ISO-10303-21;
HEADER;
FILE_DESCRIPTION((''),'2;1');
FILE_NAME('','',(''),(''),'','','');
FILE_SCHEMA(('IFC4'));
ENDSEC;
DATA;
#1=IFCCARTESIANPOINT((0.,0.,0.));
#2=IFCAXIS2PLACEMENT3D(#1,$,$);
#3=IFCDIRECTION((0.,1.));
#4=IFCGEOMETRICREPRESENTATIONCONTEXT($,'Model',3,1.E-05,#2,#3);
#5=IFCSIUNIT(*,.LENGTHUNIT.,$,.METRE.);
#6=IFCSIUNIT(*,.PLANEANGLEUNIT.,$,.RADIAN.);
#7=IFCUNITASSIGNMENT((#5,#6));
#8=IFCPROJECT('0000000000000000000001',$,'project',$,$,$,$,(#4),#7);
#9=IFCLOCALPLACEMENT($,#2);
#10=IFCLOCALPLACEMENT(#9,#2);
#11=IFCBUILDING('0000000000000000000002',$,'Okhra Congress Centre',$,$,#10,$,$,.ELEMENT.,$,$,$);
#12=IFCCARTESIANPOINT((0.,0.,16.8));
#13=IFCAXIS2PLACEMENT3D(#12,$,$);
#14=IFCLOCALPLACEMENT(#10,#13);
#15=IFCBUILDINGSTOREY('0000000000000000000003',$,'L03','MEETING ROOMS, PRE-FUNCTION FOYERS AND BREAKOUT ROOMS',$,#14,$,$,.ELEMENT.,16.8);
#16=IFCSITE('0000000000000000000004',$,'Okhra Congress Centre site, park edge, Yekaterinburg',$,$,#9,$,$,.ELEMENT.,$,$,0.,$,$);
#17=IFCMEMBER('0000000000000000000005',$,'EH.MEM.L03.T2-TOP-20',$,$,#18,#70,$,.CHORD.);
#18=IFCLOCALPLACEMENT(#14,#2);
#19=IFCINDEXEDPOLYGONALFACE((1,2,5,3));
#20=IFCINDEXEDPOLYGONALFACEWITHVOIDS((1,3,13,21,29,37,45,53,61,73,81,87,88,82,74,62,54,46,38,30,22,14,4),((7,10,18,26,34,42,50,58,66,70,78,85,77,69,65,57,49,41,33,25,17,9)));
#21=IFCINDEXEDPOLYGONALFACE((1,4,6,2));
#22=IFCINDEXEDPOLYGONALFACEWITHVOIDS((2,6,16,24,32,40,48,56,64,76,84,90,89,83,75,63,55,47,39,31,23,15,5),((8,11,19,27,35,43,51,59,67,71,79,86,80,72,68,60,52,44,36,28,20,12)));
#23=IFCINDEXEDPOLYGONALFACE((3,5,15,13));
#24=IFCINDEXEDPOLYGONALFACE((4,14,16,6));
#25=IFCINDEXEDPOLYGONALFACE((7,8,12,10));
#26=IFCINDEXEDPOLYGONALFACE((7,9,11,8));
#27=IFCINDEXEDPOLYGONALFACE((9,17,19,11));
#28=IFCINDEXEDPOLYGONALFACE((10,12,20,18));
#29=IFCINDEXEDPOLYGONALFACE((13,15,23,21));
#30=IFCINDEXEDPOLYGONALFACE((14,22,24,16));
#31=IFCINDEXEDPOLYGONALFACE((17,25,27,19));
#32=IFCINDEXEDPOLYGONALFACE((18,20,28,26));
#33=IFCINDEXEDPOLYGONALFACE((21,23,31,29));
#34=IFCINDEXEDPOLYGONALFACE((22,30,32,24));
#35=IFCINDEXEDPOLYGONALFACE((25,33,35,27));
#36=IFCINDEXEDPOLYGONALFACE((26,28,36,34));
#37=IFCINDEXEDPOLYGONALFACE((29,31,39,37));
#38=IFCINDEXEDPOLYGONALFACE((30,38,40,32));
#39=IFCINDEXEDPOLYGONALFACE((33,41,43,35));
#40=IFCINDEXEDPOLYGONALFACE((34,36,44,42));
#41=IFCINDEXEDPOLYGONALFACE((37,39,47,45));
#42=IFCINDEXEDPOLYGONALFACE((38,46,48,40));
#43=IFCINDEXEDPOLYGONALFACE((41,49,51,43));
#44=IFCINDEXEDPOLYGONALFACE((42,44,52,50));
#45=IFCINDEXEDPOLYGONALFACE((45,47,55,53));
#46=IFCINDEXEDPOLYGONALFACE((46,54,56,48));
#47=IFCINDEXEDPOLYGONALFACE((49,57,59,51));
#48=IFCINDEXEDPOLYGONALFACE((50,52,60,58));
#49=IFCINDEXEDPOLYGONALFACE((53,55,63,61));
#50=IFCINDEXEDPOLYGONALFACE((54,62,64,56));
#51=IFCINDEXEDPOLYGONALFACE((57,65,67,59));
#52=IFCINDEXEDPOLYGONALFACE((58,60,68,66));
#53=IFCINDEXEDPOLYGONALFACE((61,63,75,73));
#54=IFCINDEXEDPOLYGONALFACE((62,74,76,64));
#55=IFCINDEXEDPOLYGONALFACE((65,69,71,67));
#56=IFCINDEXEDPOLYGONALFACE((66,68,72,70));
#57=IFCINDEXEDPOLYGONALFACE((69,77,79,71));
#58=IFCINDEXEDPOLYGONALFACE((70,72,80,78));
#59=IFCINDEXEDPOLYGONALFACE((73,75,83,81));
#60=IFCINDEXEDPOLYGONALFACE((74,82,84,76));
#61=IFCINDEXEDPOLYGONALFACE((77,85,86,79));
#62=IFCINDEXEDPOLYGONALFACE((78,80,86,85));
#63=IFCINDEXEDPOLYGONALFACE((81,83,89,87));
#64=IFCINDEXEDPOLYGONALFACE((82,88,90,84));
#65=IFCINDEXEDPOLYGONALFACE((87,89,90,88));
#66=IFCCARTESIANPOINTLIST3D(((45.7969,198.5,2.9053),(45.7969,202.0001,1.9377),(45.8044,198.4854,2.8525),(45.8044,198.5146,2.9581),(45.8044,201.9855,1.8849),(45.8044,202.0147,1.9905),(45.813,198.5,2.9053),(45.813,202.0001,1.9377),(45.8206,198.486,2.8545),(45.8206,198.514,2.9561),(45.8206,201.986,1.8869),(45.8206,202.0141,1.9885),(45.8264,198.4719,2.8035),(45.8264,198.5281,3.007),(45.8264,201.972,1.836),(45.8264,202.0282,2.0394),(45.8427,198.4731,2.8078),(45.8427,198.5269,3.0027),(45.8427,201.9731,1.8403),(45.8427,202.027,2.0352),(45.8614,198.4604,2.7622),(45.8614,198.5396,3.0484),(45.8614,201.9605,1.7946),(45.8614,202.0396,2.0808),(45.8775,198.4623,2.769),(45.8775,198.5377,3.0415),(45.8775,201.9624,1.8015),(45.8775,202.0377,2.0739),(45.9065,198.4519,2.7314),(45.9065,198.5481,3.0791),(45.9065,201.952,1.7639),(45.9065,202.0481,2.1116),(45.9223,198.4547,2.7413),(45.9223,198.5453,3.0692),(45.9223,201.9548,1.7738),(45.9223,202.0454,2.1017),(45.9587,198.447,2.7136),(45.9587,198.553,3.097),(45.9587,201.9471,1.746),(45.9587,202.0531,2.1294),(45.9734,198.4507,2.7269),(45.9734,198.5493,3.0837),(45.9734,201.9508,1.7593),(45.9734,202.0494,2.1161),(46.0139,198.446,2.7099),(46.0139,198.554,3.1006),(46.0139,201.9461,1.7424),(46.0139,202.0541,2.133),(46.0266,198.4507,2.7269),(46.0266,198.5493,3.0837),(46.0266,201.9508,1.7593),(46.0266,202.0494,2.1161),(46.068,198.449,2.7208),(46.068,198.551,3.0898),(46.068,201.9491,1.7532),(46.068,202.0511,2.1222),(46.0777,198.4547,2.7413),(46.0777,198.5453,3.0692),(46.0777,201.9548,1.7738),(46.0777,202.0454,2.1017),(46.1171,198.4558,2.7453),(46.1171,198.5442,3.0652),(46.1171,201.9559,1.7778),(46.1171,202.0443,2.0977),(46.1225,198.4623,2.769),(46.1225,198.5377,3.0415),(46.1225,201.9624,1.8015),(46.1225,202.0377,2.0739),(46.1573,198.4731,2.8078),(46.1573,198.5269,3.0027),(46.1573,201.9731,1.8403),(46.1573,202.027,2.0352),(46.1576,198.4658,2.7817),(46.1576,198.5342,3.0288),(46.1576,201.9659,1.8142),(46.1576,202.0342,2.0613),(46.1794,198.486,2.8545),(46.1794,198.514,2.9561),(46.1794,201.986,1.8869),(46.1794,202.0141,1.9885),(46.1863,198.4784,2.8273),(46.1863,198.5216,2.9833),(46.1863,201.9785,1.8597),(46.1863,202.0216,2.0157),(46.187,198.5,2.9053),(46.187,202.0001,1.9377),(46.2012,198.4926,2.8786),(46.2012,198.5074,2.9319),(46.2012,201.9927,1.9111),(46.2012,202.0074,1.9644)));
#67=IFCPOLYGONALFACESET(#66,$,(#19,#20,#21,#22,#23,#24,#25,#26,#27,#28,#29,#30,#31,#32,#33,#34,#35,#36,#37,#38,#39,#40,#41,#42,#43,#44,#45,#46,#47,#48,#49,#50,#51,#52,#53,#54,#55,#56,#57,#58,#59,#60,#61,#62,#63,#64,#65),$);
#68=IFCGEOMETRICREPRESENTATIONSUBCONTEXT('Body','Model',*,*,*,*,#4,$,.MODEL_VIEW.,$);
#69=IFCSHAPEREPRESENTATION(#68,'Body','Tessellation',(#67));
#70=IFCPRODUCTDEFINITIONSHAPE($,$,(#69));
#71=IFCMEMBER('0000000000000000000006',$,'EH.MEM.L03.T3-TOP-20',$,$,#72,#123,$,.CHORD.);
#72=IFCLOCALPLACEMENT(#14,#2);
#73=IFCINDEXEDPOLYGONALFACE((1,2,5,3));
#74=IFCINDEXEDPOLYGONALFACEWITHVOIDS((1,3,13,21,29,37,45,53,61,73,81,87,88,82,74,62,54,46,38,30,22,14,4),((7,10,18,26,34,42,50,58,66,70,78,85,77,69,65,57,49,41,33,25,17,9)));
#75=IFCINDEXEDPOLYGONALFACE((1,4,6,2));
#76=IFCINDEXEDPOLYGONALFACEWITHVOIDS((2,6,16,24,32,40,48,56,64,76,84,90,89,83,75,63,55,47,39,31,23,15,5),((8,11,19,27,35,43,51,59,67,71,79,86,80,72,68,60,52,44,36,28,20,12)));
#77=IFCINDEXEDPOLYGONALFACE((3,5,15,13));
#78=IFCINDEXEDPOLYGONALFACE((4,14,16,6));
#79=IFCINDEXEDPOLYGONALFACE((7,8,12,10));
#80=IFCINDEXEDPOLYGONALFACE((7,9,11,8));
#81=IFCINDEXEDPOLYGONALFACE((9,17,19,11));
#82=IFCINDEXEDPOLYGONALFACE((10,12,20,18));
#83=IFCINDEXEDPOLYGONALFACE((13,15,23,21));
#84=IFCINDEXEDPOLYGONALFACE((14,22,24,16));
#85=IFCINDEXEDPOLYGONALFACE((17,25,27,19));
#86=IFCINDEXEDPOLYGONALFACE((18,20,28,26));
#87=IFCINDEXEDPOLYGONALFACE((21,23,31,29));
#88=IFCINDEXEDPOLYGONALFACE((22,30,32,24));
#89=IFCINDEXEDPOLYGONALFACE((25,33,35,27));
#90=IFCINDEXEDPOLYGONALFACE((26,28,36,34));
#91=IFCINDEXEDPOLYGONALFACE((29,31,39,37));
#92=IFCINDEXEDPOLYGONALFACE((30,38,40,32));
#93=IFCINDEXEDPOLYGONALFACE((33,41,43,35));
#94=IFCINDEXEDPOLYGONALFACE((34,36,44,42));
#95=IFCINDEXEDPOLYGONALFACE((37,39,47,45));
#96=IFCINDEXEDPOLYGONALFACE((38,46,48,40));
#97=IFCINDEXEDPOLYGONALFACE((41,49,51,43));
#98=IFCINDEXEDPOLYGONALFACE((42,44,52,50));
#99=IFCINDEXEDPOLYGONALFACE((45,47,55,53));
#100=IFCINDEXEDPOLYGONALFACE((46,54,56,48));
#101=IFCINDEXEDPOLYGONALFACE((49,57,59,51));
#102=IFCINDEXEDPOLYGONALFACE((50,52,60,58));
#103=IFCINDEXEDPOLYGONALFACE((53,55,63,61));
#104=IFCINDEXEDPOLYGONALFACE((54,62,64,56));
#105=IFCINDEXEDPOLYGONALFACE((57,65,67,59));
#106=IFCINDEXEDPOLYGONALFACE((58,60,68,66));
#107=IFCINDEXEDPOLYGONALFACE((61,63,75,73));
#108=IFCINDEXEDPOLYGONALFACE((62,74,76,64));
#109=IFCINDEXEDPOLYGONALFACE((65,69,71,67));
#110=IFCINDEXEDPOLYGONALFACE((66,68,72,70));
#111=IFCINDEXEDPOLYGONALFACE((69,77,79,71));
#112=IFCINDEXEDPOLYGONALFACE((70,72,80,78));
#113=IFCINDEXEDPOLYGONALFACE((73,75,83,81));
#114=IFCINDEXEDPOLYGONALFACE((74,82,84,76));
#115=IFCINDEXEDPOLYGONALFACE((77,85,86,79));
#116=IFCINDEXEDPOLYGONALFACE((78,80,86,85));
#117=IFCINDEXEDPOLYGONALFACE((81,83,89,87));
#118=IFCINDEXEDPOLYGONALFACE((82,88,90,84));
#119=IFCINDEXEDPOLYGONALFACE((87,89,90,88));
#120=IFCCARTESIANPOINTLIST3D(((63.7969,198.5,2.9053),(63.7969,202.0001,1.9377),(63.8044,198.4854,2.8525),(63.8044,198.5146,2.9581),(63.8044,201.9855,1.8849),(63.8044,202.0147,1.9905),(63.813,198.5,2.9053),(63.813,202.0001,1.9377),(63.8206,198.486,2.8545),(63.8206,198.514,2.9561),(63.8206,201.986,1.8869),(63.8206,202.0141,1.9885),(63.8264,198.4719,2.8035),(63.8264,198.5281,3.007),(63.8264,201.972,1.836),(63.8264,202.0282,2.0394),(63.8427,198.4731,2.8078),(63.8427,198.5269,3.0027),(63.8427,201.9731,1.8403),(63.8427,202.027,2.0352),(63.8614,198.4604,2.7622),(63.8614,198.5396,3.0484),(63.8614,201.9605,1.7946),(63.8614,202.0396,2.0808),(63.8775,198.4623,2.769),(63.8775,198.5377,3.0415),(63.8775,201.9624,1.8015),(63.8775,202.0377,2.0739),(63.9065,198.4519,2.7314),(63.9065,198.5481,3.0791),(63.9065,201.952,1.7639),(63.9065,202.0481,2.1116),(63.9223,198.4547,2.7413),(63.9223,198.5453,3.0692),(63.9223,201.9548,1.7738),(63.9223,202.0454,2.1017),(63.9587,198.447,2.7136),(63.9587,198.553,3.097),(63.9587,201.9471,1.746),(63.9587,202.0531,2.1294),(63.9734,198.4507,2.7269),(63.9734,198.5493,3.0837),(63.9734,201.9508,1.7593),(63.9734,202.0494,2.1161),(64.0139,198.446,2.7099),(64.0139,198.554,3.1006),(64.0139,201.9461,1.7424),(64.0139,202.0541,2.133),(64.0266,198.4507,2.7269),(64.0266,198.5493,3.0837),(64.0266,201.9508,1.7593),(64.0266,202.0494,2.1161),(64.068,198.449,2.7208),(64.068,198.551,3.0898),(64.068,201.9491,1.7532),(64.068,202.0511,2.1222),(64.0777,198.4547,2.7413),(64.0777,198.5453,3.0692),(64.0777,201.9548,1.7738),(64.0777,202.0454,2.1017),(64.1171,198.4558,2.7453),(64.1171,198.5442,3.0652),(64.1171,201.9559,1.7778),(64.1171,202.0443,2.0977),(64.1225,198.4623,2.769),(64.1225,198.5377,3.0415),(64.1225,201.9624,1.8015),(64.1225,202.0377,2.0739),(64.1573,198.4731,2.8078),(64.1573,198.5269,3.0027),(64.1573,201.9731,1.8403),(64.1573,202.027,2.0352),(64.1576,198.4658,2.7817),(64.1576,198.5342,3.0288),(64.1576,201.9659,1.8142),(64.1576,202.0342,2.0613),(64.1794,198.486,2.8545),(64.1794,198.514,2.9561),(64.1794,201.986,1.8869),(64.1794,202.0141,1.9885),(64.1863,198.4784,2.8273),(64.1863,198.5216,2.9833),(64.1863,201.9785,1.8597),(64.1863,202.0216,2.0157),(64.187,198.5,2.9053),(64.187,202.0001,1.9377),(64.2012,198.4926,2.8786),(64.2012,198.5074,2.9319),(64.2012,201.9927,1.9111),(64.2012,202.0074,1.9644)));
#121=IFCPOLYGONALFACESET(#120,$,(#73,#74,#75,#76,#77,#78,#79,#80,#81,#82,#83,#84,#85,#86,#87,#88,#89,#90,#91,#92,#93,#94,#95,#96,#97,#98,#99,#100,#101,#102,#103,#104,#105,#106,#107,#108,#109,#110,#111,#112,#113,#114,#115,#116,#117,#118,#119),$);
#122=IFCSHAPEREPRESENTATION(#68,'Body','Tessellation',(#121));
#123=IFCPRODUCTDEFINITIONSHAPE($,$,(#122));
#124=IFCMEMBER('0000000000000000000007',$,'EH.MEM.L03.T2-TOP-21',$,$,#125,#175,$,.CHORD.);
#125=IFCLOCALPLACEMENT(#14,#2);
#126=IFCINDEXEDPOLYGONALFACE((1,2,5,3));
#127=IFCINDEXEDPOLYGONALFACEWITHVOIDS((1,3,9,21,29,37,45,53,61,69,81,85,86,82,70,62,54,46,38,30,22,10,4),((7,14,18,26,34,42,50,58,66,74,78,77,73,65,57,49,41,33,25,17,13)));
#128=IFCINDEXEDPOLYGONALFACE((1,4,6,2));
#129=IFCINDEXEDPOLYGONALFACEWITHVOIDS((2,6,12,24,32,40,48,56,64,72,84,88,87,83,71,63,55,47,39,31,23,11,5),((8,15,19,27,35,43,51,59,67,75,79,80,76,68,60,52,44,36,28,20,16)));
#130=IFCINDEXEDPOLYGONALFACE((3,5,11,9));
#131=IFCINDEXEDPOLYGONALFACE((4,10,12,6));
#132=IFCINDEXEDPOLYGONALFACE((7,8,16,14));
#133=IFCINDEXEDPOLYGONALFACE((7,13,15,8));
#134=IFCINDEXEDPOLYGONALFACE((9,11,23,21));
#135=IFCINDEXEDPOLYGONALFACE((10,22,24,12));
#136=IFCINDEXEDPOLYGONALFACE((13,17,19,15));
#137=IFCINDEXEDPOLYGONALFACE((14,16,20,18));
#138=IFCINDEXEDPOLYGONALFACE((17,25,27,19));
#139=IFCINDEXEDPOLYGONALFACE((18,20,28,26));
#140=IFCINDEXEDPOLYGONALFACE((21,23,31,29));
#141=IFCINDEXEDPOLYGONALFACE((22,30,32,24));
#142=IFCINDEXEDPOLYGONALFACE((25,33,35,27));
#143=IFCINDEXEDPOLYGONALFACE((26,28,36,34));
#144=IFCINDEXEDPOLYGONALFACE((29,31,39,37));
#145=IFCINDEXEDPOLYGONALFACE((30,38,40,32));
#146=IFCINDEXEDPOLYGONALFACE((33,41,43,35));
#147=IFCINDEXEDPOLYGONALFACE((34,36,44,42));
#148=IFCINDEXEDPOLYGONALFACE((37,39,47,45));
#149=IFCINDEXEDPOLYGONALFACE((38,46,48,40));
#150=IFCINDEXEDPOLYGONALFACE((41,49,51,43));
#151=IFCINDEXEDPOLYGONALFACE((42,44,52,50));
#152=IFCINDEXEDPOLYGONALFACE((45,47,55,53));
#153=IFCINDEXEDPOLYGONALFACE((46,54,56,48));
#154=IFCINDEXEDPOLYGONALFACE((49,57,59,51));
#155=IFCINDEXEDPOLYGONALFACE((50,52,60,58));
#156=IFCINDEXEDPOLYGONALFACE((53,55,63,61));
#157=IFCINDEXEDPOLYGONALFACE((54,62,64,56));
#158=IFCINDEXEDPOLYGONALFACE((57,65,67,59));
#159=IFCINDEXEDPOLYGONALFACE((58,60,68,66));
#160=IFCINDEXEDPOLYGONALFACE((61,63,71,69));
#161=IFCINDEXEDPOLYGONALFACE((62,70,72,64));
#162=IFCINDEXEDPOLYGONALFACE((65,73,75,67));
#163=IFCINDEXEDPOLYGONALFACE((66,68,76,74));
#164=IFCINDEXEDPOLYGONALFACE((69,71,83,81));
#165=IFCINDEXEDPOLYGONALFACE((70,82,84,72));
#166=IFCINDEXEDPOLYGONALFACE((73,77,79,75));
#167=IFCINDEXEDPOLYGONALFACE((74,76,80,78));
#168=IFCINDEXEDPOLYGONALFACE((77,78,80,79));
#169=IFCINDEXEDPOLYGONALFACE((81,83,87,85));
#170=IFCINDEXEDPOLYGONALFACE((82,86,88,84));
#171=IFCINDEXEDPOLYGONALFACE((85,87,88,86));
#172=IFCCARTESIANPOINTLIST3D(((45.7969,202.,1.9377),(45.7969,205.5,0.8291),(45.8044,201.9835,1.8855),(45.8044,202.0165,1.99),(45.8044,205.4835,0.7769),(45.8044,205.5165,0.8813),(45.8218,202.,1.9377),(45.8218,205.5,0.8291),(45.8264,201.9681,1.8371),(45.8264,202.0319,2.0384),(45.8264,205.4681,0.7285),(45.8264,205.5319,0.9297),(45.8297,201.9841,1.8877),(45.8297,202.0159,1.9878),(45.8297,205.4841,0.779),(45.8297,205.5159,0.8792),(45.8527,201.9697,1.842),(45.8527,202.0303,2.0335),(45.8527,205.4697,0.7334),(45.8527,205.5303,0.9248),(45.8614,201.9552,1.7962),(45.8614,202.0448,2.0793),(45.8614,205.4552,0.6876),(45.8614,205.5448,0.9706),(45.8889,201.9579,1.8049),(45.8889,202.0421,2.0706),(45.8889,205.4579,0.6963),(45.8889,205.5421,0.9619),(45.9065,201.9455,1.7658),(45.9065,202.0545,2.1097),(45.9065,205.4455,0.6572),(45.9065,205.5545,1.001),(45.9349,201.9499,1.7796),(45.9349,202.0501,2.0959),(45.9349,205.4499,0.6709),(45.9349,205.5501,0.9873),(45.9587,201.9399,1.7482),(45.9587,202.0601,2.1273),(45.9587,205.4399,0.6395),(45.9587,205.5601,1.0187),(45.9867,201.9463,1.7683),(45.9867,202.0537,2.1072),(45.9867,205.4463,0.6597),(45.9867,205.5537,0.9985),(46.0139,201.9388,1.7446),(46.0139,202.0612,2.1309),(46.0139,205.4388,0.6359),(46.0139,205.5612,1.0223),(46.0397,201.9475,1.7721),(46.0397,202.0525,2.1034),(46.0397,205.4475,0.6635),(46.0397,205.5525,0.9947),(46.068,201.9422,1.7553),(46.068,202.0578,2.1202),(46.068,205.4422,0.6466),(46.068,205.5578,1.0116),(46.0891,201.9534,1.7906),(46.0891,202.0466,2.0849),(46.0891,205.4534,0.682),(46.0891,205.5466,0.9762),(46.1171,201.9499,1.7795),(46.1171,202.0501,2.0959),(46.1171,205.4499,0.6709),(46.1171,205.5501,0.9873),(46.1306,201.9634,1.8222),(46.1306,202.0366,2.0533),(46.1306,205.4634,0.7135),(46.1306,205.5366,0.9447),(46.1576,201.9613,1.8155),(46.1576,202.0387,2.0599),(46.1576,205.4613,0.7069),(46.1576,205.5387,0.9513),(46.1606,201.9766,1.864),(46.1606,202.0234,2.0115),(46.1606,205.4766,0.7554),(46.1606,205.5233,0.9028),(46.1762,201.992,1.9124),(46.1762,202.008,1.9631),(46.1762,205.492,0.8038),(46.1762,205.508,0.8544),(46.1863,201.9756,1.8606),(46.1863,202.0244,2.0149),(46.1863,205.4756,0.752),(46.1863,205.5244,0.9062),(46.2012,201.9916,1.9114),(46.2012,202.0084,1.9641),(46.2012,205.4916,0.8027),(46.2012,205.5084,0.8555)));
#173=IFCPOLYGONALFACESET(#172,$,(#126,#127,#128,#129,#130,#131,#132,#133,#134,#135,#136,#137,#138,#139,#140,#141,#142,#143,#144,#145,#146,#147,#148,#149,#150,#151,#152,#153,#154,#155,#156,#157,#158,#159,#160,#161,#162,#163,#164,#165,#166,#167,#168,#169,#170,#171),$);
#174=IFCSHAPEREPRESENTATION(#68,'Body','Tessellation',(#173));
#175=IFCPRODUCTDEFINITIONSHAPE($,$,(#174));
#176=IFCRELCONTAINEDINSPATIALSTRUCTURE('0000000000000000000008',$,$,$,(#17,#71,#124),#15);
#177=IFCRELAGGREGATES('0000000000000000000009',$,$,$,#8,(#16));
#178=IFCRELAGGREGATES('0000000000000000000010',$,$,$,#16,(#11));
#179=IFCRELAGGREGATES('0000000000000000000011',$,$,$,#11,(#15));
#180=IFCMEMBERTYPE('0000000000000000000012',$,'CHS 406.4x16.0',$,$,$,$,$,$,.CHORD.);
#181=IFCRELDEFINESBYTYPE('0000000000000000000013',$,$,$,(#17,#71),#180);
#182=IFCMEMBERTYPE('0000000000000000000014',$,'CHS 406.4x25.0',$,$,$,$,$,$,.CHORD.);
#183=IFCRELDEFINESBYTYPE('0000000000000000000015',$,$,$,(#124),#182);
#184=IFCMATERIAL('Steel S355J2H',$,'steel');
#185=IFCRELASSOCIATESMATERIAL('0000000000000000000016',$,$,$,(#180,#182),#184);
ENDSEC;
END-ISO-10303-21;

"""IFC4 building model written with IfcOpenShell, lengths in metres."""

from ifc_helpers import new_model, si_unit, direction, frame, origin, origin_2d, place, context, subcontext, project, spatial, hollow_circle, extrude, material, material_profile, profile_set, type_object, element, save


model = new_model("IFC4")

# Units and contexts
model_context = context("Model", 3, precision=1e-05, world=origin(), true_north=direction((0.0, 1.0)))
body_context = subcontext(model_context, "Body", "Model", "MODEL_VIEW")
ifc_project = project(units=[si_unit("LENGTHUNIT", "METRE"), si_unit("PLANEANGLEUNIT", "RADIAN")], contexts=[model_context])

# Site, building, storey
site_placement = place(None, origin())
site = spatial("IfcSite", under=ifc_project, at=site_placement, Name="Okhra Congress Centre site, park edge, Yekaterinburg", CompositionType="ELEMENT", RefElevation=0.0)
building_placement = place(site_placement, origin())
building = spatial("IfcBuilding", under=site, at=building_placement, Name="Okhra Congress Centre", CompositionType="ELEMENT")
storey_placement = place(building_placement, frame((0.0, 0.0, 16.8)))
storey = spatial("IfcBuildingStorey", under=building, at=storey_placement, Name="L03", Description="MEETING ROOMS, PRE-FUNCTION FOYERS AND BREAKOUT ROOMS", CompositionType="ELEMENT", Elevation=16.8)

# Members
ifc_material_1 = material(Name="Steel S355J2H", Category="steel")
ifc_material_profile_1 = material_profile(ifc_material_1, hollow_circle(Radius=0.2031, WallThickness=0.0161, at=origin_2d()), Name="CHS 406.4x16.0")
ifc_profile_set_1 = profile_set([ifc_material_profile_1], Name="Steel S355J2H")
member_type_1 = type_object("IfcMemberType", Name="CHS 406.4x16.0", PredefinedType="CHORD", material=ifc_profile_set_1)
for number, where, z_axis, x_axis, name in (
    (1, (46.0, 198.5, 2.9053), (0.0, 0.96385, -0.266444), (-1.0, 0.0, 0.0), "EH.MEM.L03.T2-TOP-20"),
    (2, (64.0, 198.5, 2.9053), (0.0, 0.96385, -0.266444), (-1.0, 0.0, 0.0), "EH.MEM.L03.T3-TOP-20"),
):
    element("IfcMember", number, at=place(storey_placement, frame(where, z_axis=z_axis, x_axis=x_axis)), inside=storey, type_object=member_type_1, Name=name, PredefinedType="CHORD", context=body_context, shape_type="SweptSolid", body=[
        extrude(hollow_circle(Radius=0.2031, WallThickness=0.0161, at=origin_2d()), origin(), (0.0, 0.0, 1.0), 3.6313),
    ])
ifc_material_profile_2 = material_profile(ifc_material_1, hollow_circle(Radius=0.2031, WallThickness=0.0249, at=origin_2d()), Name="CHS 406.4x25.0")
ifc_profile_set_2 = profile_set([ifc_material_profile_2], Name="Steel S355J2H")
member_type_2 = type_object("IfcMemberType", Name="CHS 406.4x25.0", PredefinedType="CHORD", material=ifc_profile_set_2)
for number, where, z_axis, x_axis, name in (
    (3, (46.0, 202.0, 1.9377), (0.0, 0.953318, -0.301968), (-1.0, 0.0, 0.0), "EH.MEM.L03.T2-TOP-21"),
):
    element("IfcMember", number, at=place(storey_placement, frame(where, z_axis=z_axis, x_axis=x_axis)), inside=storey, type_object=member_type_2, Name=name, PredefinedType="CHORD", context=body_context, shape_type="SweptSolid", body=[
        extrude(hollow_circle(Radius=0.2031, WallThickness=0.0249, at=origin_2d()), origin(), (0.0, 0.0, 1.0), 3.6714),
    ])

save(model, "model.ifc")
